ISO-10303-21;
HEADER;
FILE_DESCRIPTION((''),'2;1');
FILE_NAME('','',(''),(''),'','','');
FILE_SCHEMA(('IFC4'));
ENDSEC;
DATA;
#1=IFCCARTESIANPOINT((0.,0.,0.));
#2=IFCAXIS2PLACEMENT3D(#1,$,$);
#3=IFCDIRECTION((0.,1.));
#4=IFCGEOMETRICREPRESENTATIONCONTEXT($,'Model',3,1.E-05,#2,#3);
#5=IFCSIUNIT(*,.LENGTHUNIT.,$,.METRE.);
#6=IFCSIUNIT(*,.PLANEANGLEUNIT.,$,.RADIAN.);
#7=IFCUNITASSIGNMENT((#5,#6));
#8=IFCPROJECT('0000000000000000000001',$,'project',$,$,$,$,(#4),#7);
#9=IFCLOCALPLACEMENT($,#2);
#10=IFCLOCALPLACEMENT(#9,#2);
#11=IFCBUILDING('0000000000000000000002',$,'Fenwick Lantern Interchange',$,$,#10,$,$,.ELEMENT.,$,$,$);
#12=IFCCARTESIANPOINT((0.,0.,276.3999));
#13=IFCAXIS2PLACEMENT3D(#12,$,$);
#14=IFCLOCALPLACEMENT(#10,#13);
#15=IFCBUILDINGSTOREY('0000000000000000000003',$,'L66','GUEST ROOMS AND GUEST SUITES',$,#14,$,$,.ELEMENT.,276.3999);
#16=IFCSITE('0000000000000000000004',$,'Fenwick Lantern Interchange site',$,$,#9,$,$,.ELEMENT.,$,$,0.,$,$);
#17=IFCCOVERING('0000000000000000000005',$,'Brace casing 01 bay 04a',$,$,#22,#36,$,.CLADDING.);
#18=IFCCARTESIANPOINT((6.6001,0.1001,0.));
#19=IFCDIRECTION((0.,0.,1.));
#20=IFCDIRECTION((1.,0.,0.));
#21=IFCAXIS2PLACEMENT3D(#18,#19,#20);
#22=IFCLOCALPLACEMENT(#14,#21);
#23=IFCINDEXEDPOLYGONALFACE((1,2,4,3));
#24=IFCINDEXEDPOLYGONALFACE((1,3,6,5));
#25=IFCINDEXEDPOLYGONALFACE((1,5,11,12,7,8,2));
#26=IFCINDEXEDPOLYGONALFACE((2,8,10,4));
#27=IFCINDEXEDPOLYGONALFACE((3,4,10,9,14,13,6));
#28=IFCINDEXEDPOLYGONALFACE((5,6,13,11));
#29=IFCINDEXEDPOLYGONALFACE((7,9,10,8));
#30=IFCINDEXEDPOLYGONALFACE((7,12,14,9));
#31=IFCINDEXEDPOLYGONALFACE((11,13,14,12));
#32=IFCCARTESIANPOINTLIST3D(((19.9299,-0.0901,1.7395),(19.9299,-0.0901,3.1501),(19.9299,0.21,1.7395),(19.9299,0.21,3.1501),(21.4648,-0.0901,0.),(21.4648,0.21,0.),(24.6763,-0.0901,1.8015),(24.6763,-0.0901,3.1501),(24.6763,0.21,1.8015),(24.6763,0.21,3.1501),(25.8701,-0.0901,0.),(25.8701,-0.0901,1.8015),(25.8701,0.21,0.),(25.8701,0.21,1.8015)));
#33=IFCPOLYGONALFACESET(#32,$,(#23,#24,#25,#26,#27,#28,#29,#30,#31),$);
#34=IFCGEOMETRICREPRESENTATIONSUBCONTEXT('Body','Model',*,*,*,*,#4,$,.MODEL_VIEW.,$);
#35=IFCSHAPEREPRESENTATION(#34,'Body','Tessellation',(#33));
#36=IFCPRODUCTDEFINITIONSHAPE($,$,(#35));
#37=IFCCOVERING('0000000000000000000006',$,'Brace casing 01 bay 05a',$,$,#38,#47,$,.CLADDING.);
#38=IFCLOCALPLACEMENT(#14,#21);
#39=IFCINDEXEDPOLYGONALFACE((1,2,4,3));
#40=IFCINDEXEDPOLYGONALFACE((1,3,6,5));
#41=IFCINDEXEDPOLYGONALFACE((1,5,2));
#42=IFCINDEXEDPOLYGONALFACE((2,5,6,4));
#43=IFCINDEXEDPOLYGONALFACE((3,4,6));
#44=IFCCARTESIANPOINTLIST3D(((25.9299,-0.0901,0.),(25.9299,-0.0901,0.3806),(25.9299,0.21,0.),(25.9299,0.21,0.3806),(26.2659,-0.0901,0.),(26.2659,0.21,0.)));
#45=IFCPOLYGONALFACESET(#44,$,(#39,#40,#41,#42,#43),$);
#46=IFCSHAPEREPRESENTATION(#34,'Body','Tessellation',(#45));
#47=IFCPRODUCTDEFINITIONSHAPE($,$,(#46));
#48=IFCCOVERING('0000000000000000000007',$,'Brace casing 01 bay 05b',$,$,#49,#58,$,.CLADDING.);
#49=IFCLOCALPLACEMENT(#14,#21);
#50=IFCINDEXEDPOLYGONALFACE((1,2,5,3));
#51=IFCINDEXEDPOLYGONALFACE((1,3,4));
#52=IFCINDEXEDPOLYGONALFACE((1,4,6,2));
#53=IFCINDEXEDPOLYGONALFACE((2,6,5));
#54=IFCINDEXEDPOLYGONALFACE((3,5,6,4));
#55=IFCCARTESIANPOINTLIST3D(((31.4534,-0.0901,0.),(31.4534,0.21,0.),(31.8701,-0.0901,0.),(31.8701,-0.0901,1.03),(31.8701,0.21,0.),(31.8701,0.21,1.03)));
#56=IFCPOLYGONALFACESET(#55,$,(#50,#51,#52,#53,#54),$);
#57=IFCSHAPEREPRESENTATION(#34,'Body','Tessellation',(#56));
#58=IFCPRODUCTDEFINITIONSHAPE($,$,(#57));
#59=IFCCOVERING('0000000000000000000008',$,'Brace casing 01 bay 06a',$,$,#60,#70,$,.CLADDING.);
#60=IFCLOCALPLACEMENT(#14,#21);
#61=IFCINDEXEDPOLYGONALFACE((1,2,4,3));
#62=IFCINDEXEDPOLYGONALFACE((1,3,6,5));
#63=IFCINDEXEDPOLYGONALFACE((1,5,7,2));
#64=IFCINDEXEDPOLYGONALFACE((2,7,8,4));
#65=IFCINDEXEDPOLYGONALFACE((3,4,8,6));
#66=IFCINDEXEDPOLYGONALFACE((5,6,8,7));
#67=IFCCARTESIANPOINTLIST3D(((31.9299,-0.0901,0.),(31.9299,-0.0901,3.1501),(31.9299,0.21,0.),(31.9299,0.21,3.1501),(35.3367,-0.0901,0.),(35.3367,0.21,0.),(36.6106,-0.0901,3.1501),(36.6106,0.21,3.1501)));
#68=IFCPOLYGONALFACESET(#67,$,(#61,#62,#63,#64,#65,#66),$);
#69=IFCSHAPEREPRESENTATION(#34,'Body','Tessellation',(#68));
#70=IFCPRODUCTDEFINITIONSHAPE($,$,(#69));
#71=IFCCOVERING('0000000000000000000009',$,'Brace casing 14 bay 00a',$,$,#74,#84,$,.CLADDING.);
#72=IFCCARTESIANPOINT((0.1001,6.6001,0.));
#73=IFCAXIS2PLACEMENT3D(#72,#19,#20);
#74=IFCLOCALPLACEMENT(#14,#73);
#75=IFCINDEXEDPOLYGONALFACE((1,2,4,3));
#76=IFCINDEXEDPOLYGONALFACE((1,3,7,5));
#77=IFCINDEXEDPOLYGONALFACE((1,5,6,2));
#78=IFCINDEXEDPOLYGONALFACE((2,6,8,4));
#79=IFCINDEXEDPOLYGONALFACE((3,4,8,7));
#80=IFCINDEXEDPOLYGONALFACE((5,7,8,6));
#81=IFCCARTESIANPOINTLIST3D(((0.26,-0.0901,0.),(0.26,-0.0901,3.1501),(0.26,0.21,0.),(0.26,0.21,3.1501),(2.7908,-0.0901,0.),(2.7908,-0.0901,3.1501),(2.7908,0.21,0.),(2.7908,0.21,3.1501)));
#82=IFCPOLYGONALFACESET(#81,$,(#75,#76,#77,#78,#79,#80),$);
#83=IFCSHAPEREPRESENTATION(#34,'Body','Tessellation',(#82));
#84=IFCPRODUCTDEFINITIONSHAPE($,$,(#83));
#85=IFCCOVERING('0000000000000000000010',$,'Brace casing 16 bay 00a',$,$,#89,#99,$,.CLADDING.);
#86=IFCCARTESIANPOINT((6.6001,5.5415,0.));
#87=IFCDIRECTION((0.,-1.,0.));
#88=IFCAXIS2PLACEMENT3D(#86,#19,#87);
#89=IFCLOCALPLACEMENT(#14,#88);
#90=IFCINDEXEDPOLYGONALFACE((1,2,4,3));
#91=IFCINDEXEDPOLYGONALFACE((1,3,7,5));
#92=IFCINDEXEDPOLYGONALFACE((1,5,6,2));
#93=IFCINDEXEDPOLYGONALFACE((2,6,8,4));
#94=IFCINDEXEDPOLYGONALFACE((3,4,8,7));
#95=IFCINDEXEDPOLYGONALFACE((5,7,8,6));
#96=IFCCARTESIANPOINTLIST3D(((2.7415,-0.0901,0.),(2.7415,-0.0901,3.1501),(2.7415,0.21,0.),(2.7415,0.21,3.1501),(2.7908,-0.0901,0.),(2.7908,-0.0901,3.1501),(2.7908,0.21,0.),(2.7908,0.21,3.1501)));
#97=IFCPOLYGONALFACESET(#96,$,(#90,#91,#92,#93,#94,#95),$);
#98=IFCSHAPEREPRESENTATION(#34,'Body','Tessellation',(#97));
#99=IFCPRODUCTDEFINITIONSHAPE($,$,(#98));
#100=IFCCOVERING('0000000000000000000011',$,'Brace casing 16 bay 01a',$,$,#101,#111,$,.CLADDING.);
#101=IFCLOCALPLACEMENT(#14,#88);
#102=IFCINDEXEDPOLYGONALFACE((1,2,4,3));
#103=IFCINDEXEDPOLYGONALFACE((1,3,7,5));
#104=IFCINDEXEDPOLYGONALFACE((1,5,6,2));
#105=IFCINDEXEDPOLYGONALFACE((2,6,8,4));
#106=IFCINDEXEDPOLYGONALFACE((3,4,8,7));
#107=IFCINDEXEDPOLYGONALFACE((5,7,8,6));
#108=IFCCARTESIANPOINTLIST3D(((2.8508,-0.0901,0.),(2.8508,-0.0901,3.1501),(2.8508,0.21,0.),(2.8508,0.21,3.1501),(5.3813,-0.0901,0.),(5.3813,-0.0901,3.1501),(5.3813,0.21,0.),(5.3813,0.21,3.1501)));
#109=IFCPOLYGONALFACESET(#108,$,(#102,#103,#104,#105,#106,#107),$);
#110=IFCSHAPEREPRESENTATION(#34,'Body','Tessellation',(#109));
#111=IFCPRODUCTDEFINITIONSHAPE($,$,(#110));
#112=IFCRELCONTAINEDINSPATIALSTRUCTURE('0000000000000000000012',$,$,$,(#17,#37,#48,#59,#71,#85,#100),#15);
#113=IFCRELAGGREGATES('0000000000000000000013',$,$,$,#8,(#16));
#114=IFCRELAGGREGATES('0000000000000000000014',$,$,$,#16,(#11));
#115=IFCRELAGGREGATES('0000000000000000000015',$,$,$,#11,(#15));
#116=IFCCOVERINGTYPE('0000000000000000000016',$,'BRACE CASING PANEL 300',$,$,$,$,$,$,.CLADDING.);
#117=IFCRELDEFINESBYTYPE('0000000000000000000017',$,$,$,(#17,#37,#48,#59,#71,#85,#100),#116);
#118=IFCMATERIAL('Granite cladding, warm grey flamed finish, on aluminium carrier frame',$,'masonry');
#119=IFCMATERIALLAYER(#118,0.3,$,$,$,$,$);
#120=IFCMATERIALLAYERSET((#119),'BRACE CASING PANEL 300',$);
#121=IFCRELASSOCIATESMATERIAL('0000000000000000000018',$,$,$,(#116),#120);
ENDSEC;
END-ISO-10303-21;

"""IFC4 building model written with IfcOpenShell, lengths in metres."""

from ifc_helpers import new_model, si_unit, direction, frame, origin, place, context, subcontext, project, spatial, polyline, outline, extrude, material, layer, layer_set, type_object, element, save


model = new_model("IFC4")

# Units and contexts
model_context = context("Model", 3, precision=1e-05, world=origin(), true_north=direction((0.0, 1.0)))
body_context = subcontext(model_context, "Body", "Model", "MODEL_VIEW")
ifc_project = project(units=[si_unit("LENGTHUNIT", "METRE"), si_unit("PLANEANGLEUNIT", "RADIAN")], contexts=[model_context])

# Site, building, storey
site_placement = place(None, origin())
site = spatial("IfcSite", under=ifc_project, at=site_placement, Name="Fenwick Lantern Interchange site", CompositionType="ELEMENT", RefElevation=0.0)
building_placement = place(site_placement, origin())
building = spatial("IfcBuilding", under=site, at=building_placement, Name="Fenwick Lantern Interchange", CompositionType="ELEMENT")
storey_placement = place(building_placement, frame((0.0, 0.0, 276.3999)))
storey = spatial("IfcBuildingStorey", under=building, at=storey_placement, Name="L66", Description="GUEST ROOMS AND GUEST SUITES", CompositionType="ELEMENT", Elevation=276.3999)

# Coverings
ifc_material_1 = material(Name="Granite cladding, warm grey flamed finish, on aluminium carrier frame", Category="masonry")
ifc_layer_1 = layer(ifc_material_1, 0.3)
ifc_layer_set_1 = layer_set([ifc_layer_1], Name="BRACE CASING PANEL 300")
covering_type = type_object("IfcCoveringType", Name="BRACE CASING PANEL 300", PredefinedType="CLADDING", material=ifc_layer_set_1)
covering_1_placement = place(storey_placement, frame((6.6001, 0.1001, 0.0), z_axis=(0.0, 0.0, 1.0), x_axis=(1.0, 0.0, 0.0)))
element("IfcCovering", 1, at=covering_1_placement, inside=storey, type_object=covering_type, Name="Brace casing 01 bay 04a", PredefinedType="CLADDING", context=body_context, shape_type="SweptSolid", body=[
    extrude(outline(polyline([(21.4648, 0.0), (25.8701, 0.0), (25.8701, 1.8015), (24.6763, 1.8015), (24.6763, 3.1501), (19.9299, 3.1501), (19.9299, 1.7395), (21.4648, 0.0)])), frame((0.0, 0.21, 0.0), z_axis=(0.0, -1.0, 0.0), x_axis=(1.0, 0.0, 0.0)), (0.0, 0.0, 1.0), 0.3),
])
covering_2_placement = place(storey_placement, frame((6.6001, 0.1001, 0.0), z_axis=(0.0, 0.0, 1.0), x_axis=(1.0, 0.0, 0.0)))
element("IfcCovering", 2, at=covering_2_placement, inside=storey, type_object=covering_type, Name="Brace casing 01 bay 05a", PredefinedType="CLADDING", context=body_context, shape_type="SweptSolid", body=[
    extrude(outline(polyline([(25.9299, 0.0), (26.2659, 0.0), (25.9299, 0.3806), (25.9299, 0.0)])), frame((0.0, 0.21, 0.0), z_axis=(0.0, -1.0, 0.0), x_axis=(1.0, 0.0, 0.0)), (0.0, 0.0, 1.0), 0.3),
])
covering_3_placement = place(storey_placement, frame((6.6001, 0.1001, 0.0), z_axis=(0.0, 0.0, 1.0), x_axis=(1.0, 0.0, 0.0)))
element("IfcCovering", 3, at=covering_3_placement, inside=storey, type_object=covering_type, Name="Brace casing 01 bay 05b", PredefinedType="CLADDING", context=body_context, shape_type="SweptSolid", body=[
    extrude(outline(polyline([(31.4534, 0.0), (31.8701, 0.0), (31.8701, 1.03), (31.4534, 0.0)])), frame((0.0, 0.21, 0.0), z_axis=(0.0, -1.0, 0.0), x_axis=(1.0, 0.0, 0.0)), (0.0, 0.0, 1.0), 0.3),
])
covering_4_placement = place(storey_placement, frame((6.6001, 0.1001, 0.0), z_axis=(0.0, 0.0, 1.0), x_axis=(1.0, 0.0, 0.0)))
element("IfcCovering", 4, at=covering_4_placement, inside=storey, type_object=covering_type, Name="Brace casing 01 bay 06a", PredefinedType="CLADDING", context=body_context, shape_type="SweptSolid", body=[
    extrude(outline(polyline([(31.9299, 0.0), (35.3367, 0.0), (36.6106, 3.1501), (31.9299, 3.1501), (31.9299, 0.0)])), frame((0.0, 0.21, 0.0), z_axis=(0.0, -1.0, 0.0), x_axis=(1.0, 0.0, 0.0)), (0.0, 0.0, 1.0), 0.3),
])
covering_5_placement = place(storey_placement, frame((0.1001, 6.6001, 0.0), z_axis=(0.0, 0.0, 1.0), x_axis=(1.0, 0.0, 0.0)))
element("IfcCovering", 5, at=covering_5_placement, inside=storey, type_object=covering_type, Name="Brace casing 14 bay 00a", PredefinedType="CLADDING", context=body_context, shape_type="SweptSolid", body=[
    extrude(outline(polyline([(0.26, 0.0), (2.7908, 0.0), (2.7908, 3.1501), (0.26, 3.1501), (0.26, 0.0)])), frame((0.0, 0.21, 0.0), z_axis=(0.0, -1.0, 0.0), x_axis=(1.0, 0.0, 0.0)), (0.0, 0.0, 1.0), 0.3),
])
covering_6_placement = place(storey_placement, frame((6.6001, 5.5415, 0.0), z_axis=(0.0, 0.0, 1.0), x_axis=(0.0, -1.0, 0.0)))
element("IfcCovering", 6, at=covering_6_placement, inside=storey, type_object=covering_type, Name="Brace casing 16 bay 00a", PredefinedType="CLADDING", context=body_context, shape_type="SweptSolid", body=[
    extrude(outline(polyline([(2.7415, 0.0), (2.7908, 0.0), (2.7908, 3.1501), (2.7415, 3.1501), (2.7415, 0.0)])), frame((0.0, 0.21, 0.0), z_axis=(0.0, -1.0, 0.0), x_axis=(1.0, 0.0, 0.0)), (0.0, 0.0, 1.0), 0.3),
])
covering_7_placement = place(storey_placement, frame((6.6001, 5.5415, 0.0), z_axis=(0.0, 0.0, 1.0), x_axis=(0.0, -1.0, 0.0)))
element("IfcCovering", 7, at=covering_7_placement, inside=storey, type_object=covering_type, Name="Brace casing 16 bay 01a", PredefinedType="CLADDING", context=body_context, shape_type="SweptSolid", body=[
    extrude(outline(polyline([(2.8508, 0.0), (5.3813, 0.0), (5.3813, 3.1501), (2.8508, 3.1501), (2.8508, 0.0)])), frame((0.0, 0.21, 0.0), z_axis=(0.0, -1.0, 0.0), x_axis=(1.0, 0.0, 0.0)), (0.0, 0.0, 1.0), 0.3),
])

save(model, "model.ifc")
